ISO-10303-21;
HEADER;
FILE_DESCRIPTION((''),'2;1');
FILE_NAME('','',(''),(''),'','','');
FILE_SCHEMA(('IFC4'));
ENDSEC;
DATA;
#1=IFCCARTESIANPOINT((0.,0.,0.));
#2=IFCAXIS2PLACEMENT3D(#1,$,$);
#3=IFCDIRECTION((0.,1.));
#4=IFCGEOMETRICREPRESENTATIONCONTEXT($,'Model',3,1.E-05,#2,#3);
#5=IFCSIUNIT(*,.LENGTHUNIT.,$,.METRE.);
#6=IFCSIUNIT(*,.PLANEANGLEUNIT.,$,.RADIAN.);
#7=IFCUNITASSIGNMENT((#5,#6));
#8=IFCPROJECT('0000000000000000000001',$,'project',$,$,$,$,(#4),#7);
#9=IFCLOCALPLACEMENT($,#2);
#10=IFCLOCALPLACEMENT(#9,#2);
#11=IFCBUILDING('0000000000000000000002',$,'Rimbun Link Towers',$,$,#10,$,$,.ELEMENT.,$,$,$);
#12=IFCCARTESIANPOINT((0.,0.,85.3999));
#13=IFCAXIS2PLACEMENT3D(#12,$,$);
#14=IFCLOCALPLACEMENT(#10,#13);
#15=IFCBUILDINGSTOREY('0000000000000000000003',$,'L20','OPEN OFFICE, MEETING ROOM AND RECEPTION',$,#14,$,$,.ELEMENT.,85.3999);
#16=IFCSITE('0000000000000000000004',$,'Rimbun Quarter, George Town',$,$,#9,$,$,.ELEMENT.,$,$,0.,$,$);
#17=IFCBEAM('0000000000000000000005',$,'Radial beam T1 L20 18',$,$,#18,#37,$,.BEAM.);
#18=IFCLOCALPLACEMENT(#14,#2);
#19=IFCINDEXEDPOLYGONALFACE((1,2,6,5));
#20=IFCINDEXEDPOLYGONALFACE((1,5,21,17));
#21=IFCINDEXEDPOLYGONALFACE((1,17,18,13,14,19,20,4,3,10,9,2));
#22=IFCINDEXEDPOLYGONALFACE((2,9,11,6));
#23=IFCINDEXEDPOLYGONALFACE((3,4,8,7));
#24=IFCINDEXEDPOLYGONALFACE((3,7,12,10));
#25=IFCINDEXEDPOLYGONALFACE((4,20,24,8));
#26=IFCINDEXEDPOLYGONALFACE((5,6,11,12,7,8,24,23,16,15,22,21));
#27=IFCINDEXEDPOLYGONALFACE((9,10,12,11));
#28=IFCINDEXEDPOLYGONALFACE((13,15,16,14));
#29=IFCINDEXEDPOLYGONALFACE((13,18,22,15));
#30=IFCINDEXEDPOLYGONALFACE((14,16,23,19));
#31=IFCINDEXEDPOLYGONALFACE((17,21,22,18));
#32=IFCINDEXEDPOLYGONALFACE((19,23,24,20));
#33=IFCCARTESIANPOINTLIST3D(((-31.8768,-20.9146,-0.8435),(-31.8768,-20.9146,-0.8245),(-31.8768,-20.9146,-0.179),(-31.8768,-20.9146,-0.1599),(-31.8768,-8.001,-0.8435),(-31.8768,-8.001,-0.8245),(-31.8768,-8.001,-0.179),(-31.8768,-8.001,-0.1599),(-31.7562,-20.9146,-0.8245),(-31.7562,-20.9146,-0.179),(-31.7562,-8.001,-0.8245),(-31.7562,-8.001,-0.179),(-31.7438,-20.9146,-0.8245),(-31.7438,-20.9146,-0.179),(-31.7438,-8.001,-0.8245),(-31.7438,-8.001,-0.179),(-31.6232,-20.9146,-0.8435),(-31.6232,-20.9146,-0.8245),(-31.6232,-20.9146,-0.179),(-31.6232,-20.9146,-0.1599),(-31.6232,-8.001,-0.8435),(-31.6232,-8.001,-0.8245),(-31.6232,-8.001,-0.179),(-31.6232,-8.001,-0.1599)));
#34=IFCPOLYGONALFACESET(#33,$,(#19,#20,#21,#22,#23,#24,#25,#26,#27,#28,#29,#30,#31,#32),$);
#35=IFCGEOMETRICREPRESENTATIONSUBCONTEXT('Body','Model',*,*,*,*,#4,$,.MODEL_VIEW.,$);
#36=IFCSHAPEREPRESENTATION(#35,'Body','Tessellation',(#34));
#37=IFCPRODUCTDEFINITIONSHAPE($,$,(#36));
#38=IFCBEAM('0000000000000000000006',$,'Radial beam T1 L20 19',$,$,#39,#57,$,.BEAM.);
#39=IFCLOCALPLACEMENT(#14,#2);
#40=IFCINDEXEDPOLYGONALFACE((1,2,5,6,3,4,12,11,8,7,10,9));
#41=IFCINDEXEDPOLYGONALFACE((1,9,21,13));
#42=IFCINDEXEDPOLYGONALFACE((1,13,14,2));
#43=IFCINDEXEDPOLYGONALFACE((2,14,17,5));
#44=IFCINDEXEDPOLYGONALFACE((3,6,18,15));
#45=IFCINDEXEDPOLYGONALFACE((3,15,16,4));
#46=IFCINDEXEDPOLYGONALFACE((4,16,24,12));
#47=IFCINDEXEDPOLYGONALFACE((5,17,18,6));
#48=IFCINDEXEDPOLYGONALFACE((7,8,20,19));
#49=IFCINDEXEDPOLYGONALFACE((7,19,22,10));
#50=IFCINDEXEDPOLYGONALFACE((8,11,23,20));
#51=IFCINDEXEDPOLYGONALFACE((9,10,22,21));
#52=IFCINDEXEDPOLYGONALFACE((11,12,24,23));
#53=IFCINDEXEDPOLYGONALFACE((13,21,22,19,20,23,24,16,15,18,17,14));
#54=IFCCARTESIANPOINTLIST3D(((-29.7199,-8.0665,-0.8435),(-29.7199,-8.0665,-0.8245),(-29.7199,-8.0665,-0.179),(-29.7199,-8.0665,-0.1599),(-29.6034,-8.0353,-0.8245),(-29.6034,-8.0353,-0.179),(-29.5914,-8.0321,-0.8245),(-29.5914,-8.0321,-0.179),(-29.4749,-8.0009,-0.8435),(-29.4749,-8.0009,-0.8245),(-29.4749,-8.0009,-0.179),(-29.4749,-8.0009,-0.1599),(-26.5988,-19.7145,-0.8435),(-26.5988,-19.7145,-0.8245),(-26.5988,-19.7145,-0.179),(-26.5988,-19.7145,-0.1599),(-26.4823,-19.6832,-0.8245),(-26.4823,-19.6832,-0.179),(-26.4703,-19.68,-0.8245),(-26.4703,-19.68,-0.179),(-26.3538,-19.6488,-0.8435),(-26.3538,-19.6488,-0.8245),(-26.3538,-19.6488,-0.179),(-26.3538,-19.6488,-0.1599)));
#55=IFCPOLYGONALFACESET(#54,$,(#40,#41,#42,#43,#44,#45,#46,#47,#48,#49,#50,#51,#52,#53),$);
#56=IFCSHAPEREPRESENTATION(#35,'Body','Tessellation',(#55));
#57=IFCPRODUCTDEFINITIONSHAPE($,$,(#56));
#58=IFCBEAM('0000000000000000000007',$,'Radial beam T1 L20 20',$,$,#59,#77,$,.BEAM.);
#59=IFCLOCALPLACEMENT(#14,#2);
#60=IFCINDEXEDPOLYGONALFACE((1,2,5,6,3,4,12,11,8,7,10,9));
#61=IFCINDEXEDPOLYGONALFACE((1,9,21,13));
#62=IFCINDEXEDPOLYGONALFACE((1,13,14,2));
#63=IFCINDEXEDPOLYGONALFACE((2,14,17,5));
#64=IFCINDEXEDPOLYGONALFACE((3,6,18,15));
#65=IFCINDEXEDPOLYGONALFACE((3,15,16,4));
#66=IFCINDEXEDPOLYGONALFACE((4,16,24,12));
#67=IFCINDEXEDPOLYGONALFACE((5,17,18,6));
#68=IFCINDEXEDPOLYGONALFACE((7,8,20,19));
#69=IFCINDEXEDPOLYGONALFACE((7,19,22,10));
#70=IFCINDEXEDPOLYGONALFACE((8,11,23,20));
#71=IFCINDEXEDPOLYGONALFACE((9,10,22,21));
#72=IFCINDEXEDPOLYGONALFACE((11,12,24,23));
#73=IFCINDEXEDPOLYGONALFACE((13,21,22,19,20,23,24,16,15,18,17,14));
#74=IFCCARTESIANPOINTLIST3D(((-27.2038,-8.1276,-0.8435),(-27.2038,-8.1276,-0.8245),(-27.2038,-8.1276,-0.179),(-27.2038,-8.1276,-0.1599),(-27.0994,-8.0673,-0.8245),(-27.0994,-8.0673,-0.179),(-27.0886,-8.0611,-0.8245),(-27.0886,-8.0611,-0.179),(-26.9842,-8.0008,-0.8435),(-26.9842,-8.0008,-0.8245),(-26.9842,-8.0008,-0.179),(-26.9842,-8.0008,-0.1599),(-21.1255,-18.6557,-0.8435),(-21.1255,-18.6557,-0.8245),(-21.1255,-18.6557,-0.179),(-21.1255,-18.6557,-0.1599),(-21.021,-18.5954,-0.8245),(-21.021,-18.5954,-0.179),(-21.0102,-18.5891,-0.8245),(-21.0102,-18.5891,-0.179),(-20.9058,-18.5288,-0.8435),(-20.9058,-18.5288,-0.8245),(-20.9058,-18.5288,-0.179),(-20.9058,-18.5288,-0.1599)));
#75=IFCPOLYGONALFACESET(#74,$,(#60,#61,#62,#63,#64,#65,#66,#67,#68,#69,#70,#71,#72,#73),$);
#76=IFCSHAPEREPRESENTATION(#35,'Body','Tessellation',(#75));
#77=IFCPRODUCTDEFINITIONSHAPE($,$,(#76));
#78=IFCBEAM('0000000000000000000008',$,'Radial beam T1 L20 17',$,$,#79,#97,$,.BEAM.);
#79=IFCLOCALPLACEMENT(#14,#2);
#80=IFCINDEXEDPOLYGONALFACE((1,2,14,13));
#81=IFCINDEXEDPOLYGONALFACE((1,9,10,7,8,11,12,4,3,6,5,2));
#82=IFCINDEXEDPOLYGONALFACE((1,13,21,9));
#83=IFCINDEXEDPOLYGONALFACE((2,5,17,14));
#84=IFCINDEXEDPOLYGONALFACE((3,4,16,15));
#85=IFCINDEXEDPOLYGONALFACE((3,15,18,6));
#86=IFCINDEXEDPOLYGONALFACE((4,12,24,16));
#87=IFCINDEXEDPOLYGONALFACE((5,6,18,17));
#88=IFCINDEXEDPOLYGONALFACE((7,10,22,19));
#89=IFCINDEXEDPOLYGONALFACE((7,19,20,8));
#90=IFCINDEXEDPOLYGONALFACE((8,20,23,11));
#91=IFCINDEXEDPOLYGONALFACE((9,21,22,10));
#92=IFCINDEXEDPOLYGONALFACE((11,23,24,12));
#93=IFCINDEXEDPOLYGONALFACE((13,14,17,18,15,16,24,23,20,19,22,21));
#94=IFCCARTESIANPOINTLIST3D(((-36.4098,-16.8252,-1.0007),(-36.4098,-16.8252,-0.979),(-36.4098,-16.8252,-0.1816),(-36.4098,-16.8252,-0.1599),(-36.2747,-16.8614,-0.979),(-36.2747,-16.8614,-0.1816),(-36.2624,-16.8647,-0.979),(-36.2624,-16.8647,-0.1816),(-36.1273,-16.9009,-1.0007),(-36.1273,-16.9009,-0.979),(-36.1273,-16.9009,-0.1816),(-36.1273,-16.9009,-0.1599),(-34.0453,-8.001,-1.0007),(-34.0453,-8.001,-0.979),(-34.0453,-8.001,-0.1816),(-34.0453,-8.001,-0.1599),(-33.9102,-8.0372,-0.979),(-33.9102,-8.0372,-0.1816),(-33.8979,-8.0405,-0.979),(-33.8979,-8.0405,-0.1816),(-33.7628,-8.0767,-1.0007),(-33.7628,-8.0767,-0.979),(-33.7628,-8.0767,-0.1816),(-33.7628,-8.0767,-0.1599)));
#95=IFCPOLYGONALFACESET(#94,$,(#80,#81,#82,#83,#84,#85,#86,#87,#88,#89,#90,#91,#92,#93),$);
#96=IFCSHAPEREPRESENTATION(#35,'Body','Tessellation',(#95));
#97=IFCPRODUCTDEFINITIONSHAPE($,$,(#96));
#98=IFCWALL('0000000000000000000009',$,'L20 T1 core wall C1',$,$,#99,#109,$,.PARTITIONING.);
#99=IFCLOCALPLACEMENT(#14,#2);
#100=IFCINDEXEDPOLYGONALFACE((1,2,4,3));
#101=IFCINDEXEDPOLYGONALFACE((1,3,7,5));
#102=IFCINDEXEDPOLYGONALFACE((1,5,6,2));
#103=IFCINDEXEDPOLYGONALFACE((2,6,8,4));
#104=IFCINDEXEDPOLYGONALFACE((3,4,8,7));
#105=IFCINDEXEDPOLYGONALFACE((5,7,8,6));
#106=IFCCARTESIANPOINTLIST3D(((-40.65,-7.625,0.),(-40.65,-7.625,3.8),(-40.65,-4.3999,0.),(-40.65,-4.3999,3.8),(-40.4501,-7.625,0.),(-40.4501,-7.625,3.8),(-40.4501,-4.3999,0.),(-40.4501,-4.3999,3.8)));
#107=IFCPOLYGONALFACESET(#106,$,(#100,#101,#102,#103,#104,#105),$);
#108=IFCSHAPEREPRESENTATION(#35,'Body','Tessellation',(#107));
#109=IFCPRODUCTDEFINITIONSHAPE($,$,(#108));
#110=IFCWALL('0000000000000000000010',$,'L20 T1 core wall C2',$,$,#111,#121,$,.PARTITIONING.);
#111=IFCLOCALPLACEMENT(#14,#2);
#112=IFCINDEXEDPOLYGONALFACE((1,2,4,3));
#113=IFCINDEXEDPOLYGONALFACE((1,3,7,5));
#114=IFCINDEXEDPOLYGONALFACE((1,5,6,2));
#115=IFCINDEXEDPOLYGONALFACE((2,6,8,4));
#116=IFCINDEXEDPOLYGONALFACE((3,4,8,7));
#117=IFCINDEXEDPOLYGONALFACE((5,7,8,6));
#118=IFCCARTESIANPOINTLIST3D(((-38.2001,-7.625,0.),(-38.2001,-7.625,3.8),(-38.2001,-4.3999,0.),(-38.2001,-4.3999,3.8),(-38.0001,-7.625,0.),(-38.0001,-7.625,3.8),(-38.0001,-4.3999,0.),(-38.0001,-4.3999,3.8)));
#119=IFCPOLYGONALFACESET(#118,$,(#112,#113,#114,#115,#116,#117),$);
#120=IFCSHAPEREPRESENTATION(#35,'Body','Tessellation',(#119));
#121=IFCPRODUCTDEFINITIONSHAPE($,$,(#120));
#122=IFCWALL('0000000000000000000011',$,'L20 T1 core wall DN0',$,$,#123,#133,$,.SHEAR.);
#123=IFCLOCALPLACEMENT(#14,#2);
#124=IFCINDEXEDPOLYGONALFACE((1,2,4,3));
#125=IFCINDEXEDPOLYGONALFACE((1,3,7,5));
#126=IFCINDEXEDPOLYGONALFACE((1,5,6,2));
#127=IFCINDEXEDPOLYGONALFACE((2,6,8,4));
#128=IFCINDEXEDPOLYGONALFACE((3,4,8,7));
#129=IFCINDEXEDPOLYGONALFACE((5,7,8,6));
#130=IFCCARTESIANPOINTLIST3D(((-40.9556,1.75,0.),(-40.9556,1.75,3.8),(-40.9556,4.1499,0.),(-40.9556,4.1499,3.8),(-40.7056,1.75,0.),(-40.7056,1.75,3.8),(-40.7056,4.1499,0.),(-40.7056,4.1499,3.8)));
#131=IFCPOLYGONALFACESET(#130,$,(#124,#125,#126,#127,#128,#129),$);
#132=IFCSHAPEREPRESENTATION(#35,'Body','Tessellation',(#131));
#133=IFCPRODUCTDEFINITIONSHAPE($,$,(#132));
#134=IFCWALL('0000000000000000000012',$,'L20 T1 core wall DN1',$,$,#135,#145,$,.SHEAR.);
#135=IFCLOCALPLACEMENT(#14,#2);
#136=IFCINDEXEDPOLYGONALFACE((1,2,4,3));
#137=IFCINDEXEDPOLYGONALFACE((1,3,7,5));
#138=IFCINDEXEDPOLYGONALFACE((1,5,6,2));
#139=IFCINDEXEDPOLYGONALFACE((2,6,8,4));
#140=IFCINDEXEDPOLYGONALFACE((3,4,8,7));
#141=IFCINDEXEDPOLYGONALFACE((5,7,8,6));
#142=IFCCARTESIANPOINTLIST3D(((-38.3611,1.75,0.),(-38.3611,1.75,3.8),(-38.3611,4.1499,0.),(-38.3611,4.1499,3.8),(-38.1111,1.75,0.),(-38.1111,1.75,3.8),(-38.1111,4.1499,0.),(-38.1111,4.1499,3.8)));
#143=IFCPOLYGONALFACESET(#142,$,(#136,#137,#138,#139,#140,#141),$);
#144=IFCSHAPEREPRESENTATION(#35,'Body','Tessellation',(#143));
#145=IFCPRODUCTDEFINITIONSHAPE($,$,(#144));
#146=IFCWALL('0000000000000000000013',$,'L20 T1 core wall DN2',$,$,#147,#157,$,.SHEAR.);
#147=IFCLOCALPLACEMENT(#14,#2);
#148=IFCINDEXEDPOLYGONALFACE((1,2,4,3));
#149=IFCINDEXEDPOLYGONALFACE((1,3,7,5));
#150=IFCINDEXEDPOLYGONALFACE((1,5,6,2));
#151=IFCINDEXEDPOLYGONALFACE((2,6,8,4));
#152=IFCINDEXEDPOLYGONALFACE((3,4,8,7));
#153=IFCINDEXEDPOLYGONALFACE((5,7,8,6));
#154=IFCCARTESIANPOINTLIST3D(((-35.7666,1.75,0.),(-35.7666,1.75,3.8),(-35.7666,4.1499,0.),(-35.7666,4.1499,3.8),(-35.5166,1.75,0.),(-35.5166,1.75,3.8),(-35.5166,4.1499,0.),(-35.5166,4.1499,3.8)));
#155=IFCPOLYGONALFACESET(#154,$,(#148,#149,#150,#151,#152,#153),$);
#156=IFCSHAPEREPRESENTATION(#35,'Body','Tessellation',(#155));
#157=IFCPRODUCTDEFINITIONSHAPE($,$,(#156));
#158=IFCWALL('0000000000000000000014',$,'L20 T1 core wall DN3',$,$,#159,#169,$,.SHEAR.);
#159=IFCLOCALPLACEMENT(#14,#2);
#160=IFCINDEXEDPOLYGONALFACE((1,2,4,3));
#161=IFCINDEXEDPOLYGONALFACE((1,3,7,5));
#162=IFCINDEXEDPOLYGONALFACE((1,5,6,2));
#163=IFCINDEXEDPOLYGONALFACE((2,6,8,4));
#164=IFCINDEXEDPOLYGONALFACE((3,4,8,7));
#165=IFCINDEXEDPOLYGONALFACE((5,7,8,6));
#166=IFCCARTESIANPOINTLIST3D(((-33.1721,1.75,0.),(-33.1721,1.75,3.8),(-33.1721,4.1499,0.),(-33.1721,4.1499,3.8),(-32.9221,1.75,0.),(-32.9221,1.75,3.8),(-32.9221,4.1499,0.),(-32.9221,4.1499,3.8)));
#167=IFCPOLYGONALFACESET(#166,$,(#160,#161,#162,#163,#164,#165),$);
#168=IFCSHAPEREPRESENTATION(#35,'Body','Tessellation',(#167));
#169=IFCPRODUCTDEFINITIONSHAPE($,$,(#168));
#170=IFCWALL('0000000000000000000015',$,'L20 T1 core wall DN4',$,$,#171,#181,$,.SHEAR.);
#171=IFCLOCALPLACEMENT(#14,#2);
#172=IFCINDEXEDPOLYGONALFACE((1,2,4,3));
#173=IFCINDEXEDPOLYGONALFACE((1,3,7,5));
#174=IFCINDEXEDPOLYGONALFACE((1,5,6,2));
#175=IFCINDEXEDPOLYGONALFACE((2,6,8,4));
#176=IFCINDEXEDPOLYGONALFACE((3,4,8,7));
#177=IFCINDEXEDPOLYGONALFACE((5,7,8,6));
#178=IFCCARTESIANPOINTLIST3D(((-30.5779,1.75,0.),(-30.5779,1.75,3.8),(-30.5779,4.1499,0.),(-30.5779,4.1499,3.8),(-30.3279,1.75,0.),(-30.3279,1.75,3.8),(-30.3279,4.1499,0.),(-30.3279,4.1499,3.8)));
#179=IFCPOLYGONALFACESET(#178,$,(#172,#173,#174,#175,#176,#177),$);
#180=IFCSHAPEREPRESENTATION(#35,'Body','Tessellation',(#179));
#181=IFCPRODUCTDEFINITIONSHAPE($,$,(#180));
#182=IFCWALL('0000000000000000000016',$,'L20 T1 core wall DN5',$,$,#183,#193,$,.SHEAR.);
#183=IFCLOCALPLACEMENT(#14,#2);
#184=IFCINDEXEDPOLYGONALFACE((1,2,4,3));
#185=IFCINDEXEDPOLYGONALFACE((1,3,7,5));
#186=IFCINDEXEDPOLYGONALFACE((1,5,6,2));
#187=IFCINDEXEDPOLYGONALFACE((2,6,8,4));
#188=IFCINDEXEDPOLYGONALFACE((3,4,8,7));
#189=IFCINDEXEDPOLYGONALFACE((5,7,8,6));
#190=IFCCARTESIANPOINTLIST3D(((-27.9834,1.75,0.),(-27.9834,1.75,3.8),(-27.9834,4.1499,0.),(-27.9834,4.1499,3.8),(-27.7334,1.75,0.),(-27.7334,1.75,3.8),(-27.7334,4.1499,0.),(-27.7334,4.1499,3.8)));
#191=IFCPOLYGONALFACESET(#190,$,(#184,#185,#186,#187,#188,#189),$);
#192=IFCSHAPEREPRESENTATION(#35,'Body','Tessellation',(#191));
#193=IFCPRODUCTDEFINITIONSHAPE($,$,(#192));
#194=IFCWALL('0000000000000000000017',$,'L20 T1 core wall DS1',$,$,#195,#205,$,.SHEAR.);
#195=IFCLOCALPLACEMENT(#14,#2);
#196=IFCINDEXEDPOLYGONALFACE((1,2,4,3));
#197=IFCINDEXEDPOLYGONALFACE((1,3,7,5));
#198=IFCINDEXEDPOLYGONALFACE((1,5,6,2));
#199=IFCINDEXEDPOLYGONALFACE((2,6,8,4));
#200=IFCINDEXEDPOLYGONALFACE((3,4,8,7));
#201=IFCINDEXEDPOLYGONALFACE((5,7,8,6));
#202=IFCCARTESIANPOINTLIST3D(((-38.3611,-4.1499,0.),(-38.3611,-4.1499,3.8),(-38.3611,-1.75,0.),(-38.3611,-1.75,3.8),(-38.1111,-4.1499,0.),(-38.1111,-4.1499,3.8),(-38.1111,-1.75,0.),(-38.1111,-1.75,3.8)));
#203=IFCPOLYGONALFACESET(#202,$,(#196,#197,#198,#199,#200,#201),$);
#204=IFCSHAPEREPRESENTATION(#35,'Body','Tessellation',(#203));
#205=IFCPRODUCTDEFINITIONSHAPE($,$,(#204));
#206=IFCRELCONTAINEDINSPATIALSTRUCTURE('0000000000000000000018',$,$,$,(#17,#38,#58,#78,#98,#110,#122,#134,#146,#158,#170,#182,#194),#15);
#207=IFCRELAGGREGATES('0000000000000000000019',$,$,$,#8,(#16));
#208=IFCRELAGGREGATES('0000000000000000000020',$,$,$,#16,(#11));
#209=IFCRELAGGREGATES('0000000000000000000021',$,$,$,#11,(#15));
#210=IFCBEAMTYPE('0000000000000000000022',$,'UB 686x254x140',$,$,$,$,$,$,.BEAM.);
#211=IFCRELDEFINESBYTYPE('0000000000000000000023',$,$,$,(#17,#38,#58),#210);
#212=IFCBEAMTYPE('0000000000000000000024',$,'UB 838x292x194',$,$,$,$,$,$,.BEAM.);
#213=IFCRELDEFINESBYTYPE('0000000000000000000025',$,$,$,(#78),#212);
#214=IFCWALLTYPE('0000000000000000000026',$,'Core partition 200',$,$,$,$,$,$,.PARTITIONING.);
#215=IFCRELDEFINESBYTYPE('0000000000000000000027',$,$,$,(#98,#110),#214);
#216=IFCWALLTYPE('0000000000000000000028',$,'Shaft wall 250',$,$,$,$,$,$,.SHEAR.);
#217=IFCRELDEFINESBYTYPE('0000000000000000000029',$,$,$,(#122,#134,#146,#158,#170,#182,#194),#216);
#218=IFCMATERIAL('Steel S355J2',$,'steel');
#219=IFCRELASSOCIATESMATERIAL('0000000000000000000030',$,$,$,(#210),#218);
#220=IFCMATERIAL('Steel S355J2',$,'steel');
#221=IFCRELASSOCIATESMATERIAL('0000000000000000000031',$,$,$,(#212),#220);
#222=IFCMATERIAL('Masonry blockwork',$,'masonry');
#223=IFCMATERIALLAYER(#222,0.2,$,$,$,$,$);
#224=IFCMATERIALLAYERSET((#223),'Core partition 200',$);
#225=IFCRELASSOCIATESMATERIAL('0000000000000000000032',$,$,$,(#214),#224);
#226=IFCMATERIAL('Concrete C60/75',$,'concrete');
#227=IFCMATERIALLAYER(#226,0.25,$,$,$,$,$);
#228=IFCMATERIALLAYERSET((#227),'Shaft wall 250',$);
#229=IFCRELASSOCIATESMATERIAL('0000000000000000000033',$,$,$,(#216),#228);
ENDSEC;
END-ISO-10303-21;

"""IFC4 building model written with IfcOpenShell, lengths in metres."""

from ifc_helpers import new_model, si_unit, direction, frame, frame_2d, origin, origin_2d, place, context, subcontext, project, spatial, rectangle, i_section, extrude, material, layer, layer_set, material_profile, profile_set, type_object, element, save


model = new_model("IFC4")

# Units and contexts
model_context = context("Model", 3, precision=1e-05, world=origin(), true_north=direction((0.0, 1.0)))
body_context = subcontext(model_context, "Body", "Model", "MODEL_VIEW")
ifc_project = project(units=[si_unit("LENGTHUNIT", "METRE"), si_unit("PLANEANGLEUNIT", "RADIAN")], contexts=[model_context])

# Site, building, storey
site_placement = place(None, origin())
site = spatial("IfcSite", under=ifc_project, at=site_placement, Name="Rimbun Quarter, George Town", CompositionType="ELEMENT", RefElevation=0.0)
building_placement = place(site_placement, origin())
building = spatial("IfcBuilding", under=site, at=building_placement, Name="Rimbun Link Towers", CompositionType="ELEMENT")
storey_placement = place(building_placement, frame((0.0, 0.0, 85.3999)))
storey = spatial("IfcBuildingStorey", under=building, at=storey_placement, Name="L20", Description="OPEN OFFICE, MEETING ROOM AND RECEPTION", CompositionType="ELEMENT", Elevation=85.3999)

# Beams
ifc_material_1 = material(Name="Steel S355J2", Category="steel")
ifc_material_profile_1 = material_profile(ifc_material_1, i_section(OverallWidth=0.2537, OverallDepth=0.6836, WebThickness=0.0125, FlangeThickness=0.019, at=origin_2d()), Name="UB 686x254x140")
ifc_profile_set_1 = profile_set([ifc_material_profile_1], Name="Steel S355J2")
beam_type_1 = type_object("IfcBeamType", Name="UB 686x254x140", PredefinedType="BEAM", material=ifc_profile_set_1)
beam_1_placement = place(storey_placement, frame((-31.75, -8.001, -0.5017), z_axis=(0.0, -1.0, 0.0), x_axis=(1.0, 0.0, 0.0)))
element("IfcBeam", 1, at=beam_1_placement, inside=storey, type_object=beam_type_1, Name="Radial beam T1 L20 18", PredefinedType="BEAM", context=body_context, shape_type="SweptSolid", body=[
    extrude(i_section(OverallWidth=0.2537, OverallDepth=0.6836, WebThickness=0.0125, FlangeThickness=0.019, at=origin_2d()), origin(), (0.0, 0.0, 1.0), 12.9136),
])
beam_2_placement = place(storey_placement, frame((-29.5974, -8.0337, -0.5017), z_axis=(0.258822, -0.965925, 0.0), x_axis=(0.965925, 0.258822, 0.0)))
element("IfcBeam", 2, at=beam_2_placement, inside=storey, type_object=beam_type_1, Name="Radial beam T1 L20 19", PredefinedType="BEAM", context=body_context, shape_type="SweptSolid", body=[
    extrude(i_section(OverallWidth=0.2537, OverallDepth=0.6836, WebThickness=0.0125, FlangeThickness=0.019, at=origin_2d()), origin(), (0.0, 0.0, 1.0), 12.0588),
])
beam_3_placement = place(storey_placement, frame((-27.094, -8.0642, -0.5017), z_axis=(0.499999, -0.866026, 0.0), x_axis=(0.866026, 0.499999, 0.0)))
element("IfcBeam", 3, at=beam_3_placement, inside=storey, type_object=beam_type_1, Name="Radial beam T1 L20 20", PredefinedType="BEAM", context=body_context, shape_type="SweptSolid", body=[
    extrude(i_section(OverallWidth=0.2537, OverallDepth=0.6836, WebThickness=0.0125, FlangeThickness=0.019, at=origin_2d()), origin(), (0.0, 0.0, 1.0), 12.1567),
])
ifc_material_2 = material(Name="Steel S355J2", Category="steel")
ifc_material_profile_2 = material_profile(ifc_material_2, i_section(OverallWidth=0.2925, OverallDepth=0.8408, WebThickness=0.0127, FlangeThickness=0.0217, at=origin_2d()), Name="UB 838x292x194")
ifc_profile_set_2 = profile_set([ifc_material_profile_2], Name="Steel S355J2")
beam_type_2 = type_object("IfcBeamType", Name="UB 838x292x194", PredefinedType="BEAM", material=ifc_profile_set_2)
beam_4_placement = place(storey_placement, frame((-33.9041, -8.0388, -0.5803), z_axis=(-0.258825, -0.965924, 0.0), x_axis=(0.965924, -0.258825, 0.0)))
element("IfcBeam", 4, at=beam_4_placement, inside=storey, type_object=beam_type_2, Name="Radial beam T1 L20 17", PredefinedType="BEAM", context=body_context, shape_type="SweptSolid", body=[
    extrude(i_section(OverallWidth=0.2925, OverallDepth=0.8408, WebThickness=0.0127, FlangeThickness=0.0217, at=origin_2d()), origin(), (0.0, 0.0, 1.0), 9.1355),
])

# Walls
ifc_material_3 = material(Name="Masonry blockwork", Category="masonry")
ifc_layer_1 = layer(ifc_material_3, 0.2)
ifc_layer_set_1 = layer_set([ifc_layer_1], Name="Core partition 200")
wall_type_1 = type_object("IfcWallType", Name="Core partition 200", PredefinedType="PARTITIONING", material=ifc_layer_set_1)
for number, where, z_axis, x_axis, name in (
    (5, (-40.55, -4.3999, 0.0), (0.0, 0.0, 1.0), (0.0, -1.0, 0.0), "L20 T1 core wall C1"),
    (6, (-38.1001, -4.3999, 0.0), (0.0, 0.0, 1.0), (0.0, -1.0, 0.0), "L20 T1 core wall C2"),
):
    element("IfcWall", number, at=place(storey_placement, frame(where, z_axis=z_axis, x_axis=x_axis)), inside=storey, type_object=wall_type_1, Name=name, PredefinedType="PARTITIONING", context=body_context, shape_type="SweptSolid", body=[
        extrude(rectangle(XDim=3.2251, YDim=0.2, at=frame_2d((1.6125, 0.0))), origin(), (0.0, 0.0, 1.0), 3.8),
    ])
ifc_material_4 = material(Name="Concrete C60/75", Category="concrete")
ifc_layer_2 = layer(ifc_material_4, 0.25)
ifc_layer_set_2 = layer_set([ifc_layer_2], Name="Shaft wall 250")
wall_type_2 = type_object("IfcWallType", Name="Shaft wall 250", PredefinedType="SHEAR", material=ifc_layer_set_2)
for number, where, z_axis, x_axis, name in (
    (7, (-40.8306, 1.75, 0.0), (0.0, 0.0, 1.0), (0.0, 1.0, 0.0), "L20 T1 core wall DN0"),
    (8, (-38.2361, 1.75, 0.0), (0.0, 0.0, 1.0), (0.0, 1.0, 0.0), "L20 T1 core wall DN1"),
    (9, (-35.6416, 1.75, 0.0), (0.0, 0.0, 1.0), (0.0, 1.0, 0.0), "L20 T1 core wall DN2"),
    (10, (-33.0471, 1.75, 0.0), (0.0, 0.0, 1.0), (0.0, 1.0, 0.0), "L20 T1 core wall DN3"),
    (11, (-30.4529, 1.75, 0.0), (0.0, 0.0, 1.0), (0.0, 1.0, 0.0), "L20 T1 core wall DN4"),
    (12, (-27.8584, 1.75, 0.0), (0.0, 0.0, 1.0), (0.0, 1.0, 0.0), "L20 T1 core wall DN5"),
    (13, (-38.2361, -4.1499, 0.0), (0.0, 0.0, 1.0), (0.0, 1.0, 0.0), "L20 T1 core wall DS1"),
):
    element("IfcWall", number, at=place(storey_placement, frame(where, z_axis=z_axis, x_axis=x_axis)), inside=storey, type_object=wall_type_2, Name=name, PredefinedType="SHEAR", context=body_context, shape_type="SweptSolid", body=[
        extrude(rectangle(XDim=2.3999, YDim=0.25, at=frame_2d((1.2, 0.0))), origin(), (0.0, 0.0, 1.0), 3.8),
    ])

save(model, "model.ifc")
